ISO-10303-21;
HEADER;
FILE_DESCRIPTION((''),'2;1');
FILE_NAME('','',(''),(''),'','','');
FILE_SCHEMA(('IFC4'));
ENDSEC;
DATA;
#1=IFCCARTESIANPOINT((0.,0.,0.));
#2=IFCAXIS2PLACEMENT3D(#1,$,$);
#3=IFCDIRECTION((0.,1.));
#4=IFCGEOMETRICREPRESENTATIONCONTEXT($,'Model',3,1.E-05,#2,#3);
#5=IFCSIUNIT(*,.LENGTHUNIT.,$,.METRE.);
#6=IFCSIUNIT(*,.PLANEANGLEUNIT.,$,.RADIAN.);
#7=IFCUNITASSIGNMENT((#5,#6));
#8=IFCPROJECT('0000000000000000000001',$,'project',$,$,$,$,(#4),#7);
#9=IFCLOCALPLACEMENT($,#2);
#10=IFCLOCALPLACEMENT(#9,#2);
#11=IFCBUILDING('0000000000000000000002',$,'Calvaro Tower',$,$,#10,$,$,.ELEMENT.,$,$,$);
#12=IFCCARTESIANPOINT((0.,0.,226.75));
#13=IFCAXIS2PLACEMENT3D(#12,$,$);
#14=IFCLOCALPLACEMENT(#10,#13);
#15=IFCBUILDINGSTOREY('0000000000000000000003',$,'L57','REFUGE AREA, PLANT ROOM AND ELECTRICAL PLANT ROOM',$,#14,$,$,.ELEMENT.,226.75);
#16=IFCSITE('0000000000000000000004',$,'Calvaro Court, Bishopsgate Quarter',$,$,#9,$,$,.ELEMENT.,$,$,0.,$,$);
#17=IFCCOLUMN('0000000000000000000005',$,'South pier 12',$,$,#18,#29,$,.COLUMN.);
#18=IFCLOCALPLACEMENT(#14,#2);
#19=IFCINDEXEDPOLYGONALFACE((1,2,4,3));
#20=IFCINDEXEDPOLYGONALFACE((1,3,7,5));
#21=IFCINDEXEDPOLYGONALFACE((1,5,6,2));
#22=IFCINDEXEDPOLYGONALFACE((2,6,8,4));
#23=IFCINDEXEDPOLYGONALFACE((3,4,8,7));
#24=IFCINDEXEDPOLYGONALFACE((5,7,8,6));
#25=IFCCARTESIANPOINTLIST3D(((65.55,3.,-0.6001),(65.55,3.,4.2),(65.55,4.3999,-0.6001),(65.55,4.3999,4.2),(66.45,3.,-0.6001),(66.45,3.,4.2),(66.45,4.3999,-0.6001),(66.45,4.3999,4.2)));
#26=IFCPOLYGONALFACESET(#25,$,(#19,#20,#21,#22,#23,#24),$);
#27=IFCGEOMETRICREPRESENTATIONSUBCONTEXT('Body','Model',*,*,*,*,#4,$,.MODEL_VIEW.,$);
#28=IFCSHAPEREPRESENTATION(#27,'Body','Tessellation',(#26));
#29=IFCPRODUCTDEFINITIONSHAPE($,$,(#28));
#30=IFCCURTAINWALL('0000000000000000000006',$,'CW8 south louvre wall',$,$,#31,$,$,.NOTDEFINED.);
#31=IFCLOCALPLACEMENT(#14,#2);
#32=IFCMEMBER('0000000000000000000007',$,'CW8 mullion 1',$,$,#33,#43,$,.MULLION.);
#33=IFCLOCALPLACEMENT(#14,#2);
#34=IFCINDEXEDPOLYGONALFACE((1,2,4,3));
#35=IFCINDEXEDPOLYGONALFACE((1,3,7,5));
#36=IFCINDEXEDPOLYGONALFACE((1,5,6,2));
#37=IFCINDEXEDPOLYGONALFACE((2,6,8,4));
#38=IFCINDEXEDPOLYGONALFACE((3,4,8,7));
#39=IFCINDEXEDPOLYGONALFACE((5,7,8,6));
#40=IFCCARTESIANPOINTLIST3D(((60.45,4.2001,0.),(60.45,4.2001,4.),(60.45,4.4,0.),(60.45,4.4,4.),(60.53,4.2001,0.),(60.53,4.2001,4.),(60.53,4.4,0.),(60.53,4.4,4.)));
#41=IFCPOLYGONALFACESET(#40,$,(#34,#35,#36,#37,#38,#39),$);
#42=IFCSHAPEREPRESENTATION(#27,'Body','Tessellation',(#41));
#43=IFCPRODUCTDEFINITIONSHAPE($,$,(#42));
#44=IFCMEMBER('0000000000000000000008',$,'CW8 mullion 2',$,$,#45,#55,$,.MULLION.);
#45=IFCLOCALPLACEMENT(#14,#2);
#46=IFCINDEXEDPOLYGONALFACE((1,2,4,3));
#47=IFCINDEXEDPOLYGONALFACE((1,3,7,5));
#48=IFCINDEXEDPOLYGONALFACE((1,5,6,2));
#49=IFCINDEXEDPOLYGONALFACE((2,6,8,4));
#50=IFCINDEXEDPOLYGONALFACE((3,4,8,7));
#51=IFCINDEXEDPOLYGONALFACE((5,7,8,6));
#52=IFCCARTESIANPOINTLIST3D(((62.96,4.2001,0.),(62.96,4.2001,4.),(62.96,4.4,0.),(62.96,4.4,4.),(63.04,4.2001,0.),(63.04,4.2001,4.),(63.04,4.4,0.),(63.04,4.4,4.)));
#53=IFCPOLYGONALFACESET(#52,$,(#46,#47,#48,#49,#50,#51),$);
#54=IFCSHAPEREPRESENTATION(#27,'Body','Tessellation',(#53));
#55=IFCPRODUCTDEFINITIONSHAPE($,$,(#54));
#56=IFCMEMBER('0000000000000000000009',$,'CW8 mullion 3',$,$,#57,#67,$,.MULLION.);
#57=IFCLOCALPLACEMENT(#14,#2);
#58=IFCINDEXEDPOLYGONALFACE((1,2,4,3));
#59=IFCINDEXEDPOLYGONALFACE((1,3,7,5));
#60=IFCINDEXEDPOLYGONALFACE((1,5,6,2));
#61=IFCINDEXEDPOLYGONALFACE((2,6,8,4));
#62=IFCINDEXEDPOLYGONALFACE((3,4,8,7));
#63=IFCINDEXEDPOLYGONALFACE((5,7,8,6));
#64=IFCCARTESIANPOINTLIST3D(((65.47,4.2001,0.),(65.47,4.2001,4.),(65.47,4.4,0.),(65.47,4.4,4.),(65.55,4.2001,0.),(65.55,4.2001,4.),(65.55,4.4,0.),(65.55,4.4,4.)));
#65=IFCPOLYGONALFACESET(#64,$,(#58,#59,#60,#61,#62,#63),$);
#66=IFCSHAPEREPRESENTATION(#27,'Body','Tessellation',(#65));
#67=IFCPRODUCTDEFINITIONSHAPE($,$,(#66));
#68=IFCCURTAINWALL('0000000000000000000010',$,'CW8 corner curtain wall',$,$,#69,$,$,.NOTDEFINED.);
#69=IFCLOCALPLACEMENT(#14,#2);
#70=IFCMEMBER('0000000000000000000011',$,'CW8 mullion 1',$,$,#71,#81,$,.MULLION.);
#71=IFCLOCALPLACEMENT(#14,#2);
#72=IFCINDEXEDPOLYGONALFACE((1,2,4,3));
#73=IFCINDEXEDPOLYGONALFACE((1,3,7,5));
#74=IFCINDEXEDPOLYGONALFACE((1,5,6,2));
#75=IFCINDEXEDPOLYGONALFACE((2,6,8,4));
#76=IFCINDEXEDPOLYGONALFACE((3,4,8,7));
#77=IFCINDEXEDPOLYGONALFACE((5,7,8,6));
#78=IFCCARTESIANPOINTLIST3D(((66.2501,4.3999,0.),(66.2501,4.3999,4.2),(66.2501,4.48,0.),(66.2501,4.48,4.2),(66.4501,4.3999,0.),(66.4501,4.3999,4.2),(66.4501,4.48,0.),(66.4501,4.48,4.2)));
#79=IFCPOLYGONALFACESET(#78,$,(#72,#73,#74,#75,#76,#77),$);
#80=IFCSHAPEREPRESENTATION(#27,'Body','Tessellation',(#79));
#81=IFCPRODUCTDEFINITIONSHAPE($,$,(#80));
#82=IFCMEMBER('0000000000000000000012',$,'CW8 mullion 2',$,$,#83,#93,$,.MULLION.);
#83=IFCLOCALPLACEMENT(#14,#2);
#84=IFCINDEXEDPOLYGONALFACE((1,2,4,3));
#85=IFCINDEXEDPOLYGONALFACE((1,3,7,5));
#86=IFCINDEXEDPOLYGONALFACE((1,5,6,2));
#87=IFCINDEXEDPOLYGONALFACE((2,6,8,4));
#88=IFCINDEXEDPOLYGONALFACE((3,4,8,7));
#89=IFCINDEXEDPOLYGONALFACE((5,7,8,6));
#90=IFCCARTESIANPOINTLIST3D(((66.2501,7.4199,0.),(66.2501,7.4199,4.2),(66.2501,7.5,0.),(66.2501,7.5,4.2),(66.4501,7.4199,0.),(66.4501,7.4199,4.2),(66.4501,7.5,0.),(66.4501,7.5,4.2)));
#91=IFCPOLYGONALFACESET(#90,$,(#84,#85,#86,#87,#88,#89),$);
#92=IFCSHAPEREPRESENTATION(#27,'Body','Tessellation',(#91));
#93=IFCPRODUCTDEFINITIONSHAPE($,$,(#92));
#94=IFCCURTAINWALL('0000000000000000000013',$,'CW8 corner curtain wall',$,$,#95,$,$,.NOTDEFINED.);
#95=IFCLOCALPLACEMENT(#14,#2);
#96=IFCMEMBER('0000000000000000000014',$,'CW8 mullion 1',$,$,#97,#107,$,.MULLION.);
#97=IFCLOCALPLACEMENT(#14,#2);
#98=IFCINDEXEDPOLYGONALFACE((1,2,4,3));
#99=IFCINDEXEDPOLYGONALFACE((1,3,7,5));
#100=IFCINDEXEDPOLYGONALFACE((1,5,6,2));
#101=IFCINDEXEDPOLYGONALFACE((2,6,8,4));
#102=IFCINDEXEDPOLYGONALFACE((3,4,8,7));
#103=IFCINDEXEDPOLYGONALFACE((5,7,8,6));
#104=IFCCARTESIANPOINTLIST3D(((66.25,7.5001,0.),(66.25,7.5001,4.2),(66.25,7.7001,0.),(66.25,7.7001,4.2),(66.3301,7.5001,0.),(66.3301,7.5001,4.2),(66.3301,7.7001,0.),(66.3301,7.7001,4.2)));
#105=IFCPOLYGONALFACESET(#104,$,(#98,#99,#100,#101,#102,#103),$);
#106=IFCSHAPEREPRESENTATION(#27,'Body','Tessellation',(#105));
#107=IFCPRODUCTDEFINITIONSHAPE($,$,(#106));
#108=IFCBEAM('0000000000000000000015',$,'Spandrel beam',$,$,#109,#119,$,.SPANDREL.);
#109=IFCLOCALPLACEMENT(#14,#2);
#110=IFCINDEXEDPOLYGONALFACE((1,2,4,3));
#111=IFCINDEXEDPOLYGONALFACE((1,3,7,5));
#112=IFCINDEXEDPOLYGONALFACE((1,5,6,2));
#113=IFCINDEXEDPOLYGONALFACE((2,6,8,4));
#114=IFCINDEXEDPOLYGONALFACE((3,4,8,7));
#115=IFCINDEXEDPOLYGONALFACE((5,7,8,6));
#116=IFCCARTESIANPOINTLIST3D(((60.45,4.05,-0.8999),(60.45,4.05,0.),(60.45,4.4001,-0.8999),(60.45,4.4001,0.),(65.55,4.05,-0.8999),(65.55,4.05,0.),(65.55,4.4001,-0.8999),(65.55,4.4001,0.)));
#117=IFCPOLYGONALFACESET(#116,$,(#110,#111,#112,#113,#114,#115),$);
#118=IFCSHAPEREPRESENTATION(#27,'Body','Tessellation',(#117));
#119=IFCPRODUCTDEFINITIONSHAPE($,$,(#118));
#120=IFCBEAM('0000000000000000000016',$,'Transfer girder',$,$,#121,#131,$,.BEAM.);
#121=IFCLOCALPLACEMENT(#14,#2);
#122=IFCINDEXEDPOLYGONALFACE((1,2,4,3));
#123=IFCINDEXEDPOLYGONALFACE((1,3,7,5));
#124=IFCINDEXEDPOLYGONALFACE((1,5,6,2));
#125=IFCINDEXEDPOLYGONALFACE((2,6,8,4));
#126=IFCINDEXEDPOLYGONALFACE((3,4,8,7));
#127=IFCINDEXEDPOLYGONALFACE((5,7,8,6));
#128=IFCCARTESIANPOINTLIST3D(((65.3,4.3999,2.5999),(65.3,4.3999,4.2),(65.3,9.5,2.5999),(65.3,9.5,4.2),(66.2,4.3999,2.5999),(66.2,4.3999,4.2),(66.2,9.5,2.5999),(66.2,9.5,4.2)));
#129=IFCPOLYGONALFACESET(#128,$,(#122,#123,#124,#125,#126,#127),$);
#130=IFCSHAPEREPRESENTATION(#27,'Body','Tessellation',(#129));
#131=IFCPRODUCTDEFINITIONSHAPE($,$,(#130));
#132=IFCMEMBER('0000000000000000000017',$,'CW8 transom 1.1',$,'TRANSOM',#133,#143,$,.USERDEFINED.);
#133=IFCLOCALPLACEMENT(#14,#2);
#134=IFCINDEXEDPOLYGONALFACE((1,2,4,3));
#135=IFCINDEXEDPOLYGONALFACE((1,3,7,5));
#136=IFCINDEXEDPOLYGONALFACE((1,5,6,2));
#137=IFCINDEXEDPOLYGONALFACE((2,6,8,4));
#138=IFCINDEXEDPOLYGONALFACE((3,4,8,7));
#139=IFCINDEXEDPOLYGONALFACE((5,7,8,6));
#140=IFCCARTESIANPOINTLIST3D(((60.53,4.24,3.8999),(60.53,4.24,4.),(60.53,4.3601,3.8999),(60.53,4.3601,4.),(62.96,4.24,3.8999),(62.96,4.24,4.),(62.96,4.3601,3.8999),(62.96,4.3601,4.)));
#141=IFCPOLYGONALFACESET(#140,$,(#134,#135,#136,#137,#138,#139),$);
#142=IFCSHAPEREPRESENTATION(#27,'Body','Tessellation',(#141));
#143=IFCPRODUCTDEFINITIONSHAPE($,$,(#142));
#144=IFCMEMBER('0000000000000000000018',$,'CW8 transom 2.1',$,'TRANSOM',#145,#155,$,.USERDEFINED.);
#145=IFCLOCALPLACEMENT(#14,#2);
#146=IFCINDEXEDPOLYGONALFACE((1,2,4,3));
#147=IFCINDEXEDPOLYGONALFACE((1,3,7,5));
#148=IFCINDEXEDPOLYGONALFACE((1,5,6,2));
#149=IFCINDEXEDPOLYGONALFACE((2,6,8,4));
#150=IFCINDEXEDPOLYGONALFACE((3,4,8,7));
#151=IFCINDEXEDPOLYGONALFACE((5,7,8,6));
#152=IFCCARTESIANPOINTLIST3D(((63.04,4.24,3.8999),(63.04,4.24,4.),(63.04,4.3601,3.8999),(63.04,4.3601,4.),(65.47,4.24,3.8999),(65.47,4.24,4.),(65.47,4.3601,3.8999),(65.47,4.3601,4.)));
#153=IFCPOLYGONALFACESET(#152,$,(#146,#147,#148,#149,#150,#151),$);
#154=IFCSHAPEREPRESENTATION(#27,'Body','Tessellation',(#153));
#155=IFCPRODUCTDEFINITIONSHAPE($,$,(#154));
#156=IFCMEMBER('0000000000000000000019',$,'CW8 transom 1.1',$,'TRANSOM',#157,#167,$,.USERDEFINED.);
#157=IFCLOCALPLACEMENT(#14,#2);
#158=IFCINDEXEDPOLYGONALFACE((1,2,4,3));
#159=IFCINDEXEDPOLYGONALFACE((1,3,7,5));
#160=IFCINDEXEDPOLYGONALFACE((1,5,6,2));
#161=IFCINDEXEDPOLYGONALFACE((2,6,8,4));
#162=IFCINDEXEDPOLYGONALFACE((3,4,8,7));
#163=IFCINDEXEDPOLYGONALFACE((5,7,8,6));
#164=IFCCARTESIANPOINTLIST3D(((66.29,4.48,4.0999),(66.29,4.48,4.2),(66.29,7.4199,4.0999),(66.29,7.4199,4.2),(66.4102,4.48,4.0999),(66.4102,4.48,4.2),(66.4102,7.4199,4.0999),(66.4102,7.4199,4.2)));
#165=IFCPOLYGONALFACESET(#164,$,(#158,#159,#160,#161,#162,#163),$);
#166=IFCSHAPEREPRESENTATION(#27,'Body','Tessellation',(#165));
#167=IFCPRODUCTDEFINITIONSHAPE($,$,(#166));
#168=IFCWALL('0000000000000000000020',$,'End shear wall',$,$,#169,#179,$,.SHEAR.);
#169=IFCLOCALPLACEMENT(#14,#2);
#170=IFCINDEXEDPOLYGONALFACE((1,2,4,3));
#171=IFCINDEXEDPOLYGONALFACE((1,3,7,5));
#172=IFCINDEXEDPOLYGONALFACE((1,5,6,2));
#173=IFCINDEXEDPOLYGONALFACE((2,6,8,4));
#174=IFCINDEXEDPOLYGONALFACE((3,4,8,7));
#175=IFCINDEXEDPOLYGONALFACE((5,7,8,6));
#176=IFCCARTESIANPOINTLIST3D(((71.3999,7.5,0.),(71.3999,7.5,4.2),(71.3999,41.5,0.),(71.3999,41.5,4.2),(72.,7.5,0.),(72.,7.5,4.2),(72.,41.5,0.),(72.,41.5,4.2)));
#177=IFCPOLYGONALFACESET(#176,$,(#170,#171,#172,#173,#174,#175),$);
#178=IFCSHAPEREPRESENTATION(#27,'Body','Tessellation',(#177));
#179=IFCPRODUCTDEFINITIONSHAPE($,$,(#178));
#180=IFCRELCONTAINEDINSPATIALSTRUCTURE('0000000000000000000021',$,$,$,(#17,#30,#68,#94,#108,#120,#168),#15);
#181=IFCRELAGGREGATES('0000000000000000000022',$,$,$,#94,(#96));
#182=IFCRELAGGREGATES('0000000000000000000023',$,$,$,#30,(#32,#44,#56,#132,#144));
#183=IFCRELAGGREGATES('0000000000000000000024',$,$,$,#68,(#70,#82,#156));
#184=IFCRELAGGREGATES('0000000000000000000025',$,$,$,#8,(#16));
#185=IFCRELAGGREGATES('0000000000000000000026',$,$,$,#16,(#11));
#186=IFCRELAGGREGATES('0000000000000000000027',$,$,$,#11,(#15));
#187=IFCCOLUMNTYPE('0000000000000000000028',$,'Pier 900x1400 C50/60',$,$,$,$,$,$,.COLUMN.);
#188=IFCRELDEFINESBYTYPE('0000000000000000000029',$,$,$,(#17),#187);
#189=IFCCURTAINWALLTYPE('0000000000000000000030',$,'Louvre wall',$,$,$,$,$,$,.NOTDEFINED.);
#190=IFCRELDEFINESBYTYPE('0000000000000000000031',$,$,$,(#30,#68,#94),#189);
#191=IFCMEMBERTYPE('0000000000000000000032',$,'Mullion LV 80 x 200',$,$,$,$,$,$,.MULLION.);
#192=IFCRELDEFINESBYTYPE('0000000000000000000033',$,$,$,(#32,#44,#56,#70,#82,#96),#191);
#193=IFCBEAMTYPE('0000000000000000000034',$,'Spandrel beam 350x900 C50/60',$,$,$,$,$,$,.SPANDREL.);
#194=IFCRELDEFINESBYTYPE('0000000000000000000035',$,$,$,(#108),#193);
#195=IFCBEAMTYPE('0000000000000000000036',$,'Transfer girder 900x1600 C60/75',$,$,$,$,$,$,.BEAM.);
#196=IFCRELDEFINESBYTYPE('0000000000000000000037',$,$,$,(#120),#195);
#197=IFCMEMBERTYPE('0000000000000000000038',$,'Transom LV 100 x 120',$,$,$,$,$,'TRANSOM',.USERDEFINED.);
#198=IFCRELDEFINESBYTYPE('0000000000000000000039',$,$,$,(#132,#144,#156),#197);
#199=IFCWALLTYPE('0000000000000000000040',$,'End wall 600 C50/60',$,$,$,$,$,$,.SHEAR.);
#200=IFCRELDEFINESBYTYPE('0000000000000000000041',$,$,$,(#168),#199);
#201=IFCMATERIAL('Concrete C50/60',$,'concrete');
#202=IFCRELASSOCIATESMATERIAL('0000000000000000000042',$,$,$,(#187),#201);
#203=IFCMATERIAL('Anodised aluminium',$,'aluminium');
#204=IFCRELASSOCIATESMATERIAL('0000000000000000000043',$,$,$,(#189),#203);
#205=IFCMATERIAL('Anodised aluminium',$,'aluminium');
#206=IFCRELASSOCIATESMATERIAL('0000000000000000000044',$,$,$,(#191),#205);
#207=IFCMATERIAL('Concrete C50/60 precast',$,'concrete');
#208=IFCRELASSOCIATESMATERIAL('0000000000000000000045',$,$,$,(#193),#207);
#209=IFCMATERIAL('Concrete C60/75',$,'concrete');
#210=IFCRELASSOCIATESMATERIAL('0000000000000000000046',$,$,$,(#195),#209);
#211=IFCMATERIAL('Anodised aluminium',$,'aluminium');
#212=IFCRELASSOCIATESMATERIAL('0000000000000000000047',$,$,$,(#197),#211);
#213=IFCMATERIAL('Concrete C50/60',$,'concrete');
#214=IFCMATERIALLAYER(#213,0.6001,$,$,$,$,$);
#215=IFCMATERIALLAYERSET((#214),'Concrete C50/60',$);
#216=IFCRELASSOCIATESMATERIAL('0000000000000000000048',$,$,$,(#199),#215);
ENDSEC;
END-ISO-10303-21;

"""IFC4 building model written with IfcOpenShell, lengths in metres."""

from ifc_helpers import new_model, si_unit, direction, frame, frame_2d, origin, origin_2d, place, context, subcontext, project, spatial, rectangle, extrude, material, layer, layer_set, material_profile, profile_set, type_object, element, aggregate, save


model = new_model("IFC4")

# Units and contexts
model_context = context("Model", 3, precision=1e-05, world=origin(), true_north=direction((0.0, 1.0)))
body_context = subcontext(model_context, "Body", "Model", "MODEL_VIEW")
ifc_project = project(units=[si_unit("LENGTHUNIT", "METRE"), si_unit("PLANEANGLEUNIT", "RADIAN")], contexts=[model_context])

# Site, building, storey
site_placement = place(None, origin())
site = spatial("IfcSite", under=ifc_project, at=site_placement, Name="Calvaro Court, Bishopsgate Quarter", CompositionType="ELEMENT", RefElevation=0.0)
building_placement = place(site_placement, origin())
building = spatial("IfcBuilding", under=site, at=building_placement, Name="Calvaro Tower", CompositionType="ELEMENT")
storey_placement = place(building_placement, frame((0.0, 0.0, 226.75)))
storey = spatial("IfcBuildingStorey", under=building, at=storey_placement, Name="L57", Description="REFUGE AREA, PLANT ROOM AND ELECTRICAL PLANT ROOM", CompositionType="ELEMENT", Elevation=226.75)

# Column
ifc_material_1 = material(Name="Concrete C50/60", Category="concrete")
ifc_material_profile_1 = material_profile(ifc_material_1, rectangle(XDim=0.8999, YDim=1.3999, at=origin_2d()), Name="RC 900x1400")
ifc_profile_set_1 = profile_set([ifc_material_profile_1], Name="Concrete C50/60")
column_type = type_object("IfcColumnType", Name="Pier 900x1400 C50/60", PredefinedType="COLUMN", material=ifc_profile_set_1)
column_placement = place(storey_placement, frame((66.0, 3.7, -0.6001), z_axis=(0.0, 0.0, 1.0), x_axis=(1.0, 0.0, 0.0)))
element("IfcColumn", 1, at=column_placement, inside=storey, type_object=column_type, Name="South pier 12", PredefinedType="COLUMN", context=body_context, shape_type="SweptSolid", body=[
    extrude(rectangle(XDim=0.8999, YDim=1.3999, at=origin_2d()), origin(), (0.0, 0.0, 1.0), 4.8),
])

# Curtain walls, members
ifc_material_2 = material(Name="Anodised aluminium", Category="aluminium")
curtain_wall_type = type_object("IfcCurtainWallType", Name="Louvre wall", PredefinedType="NOTDEFINED", material=ifc_material_2)
curtain_wall_1_placement = place(storey_placement, origin())
curtain_wall_1 = element("IfcCurtainWall", 2, at=curtain_wall_1_placement, inside=storey, type_object=curtain_wall_type, Name="CW8 south louvre wall", PredefinedType="NOTDEFINED")
ifc_material_3 = material(Name="Anodised aluminium", Category="aluminium")
ifc_material_profile_2 = material_profile(ifc_material_3, rectangle(XDim=0.2, YDim=0.0801, at=origin_2d()), Name="Mullion LV 80 x 200")
ifc_profile_set_2 = profile_set([ifc_material_profile_2], Name="Anodised aluminium")
member_type_1 = type_object("IfcMemberType", Name="Mullion LV 80 x 200", PredefinedType="MULLION", material=ifc_profile_set_2)
member_1_placement = place(storey_placement, frame((60.49, 4.3, 0.0), z_axis=(0.0, 0.0, 1.0), x_axis=(0.0, 1.0, 0.0)))
member_1 = element("IfcMember", 3, at=member_1_placement, type_object=member_type_1, Name="CW8 mullion 1", PredefinedType="MULLION", context=body_context, shape_type="SweptSolid", body=[
    extrude(rectangle(XDim=0.2, YDim=0.0801, at=origin_2d()), origin(), (0.0, 0.0, 1.0), 4.0),
])
member_2_placement = place(storey_placement, frame((63.0, 4.3, 0.0), z_axis=(0.0, 0.0, 1.0), x_axis=(0.0, 1.0, 0.0)))
member_2 = element("IfcMember", 4, at=member_2_placement, type_object=member_type_1, Name="CW8 mullion 2", PredefinedType="MULLION", context=body_context, shape_type="SweptSolid", body=[
    extrude(rectangle(XDim=0.2, YDim=0.0801, at=origin_2d()), origin(), (0.0, 0.0, 1.0), 4.0),
])
member_3_placement = place(storey_placement, frame((65.51, 4.3, 0.0), z_axis=(0.0, 0.0, 1.0), x_axis=(0.0, 1.0, 0.0)))
member_3 = element("IfcMember", 5, at=member_3_placement, type_object=member_type_1, Name="CW8 mullion 3", PredefinedType="MULLION", context=body_context, shape_type="SweptSolid", body=[
    extrude(rectangle(XDim=0.2, YDim=0.0801, at=origin_2d()), origin(), (0.0, 0.0, 1.0), 4.0),
])
curtain_wall_2_placement = place(storey_placement, origin())
curtain_wall_2 = element("IfcCurtainWall", 6, at=curtain_wall_2_placement, inside=storey, type_object=curtain_wall_type, Name="CW8 corner curtain wall", PredefinedType="NOTDEFINED")
member_4_placement = place(storey_placement, frame((66.3501, 4.4399, 0.0), z_axis=(0.0, 0.0, 1.0), x_axis=(-1.0, 0.0, 0.0)))
member_4 = element("IfcMember", 7, at=member_4_placement, type_object=member_type_1, Name="CW8 mullion 1", PredefinedType="MULLION", context=body_context, shape_type="SweptSolid", body=[
    extrude(rectangle(XDim=0.2, YDim=0.0801, at=origin_2d()), origin(), (0.0, 0.0, 1.0), 4.2),
])
member_5_placement = place(storey_placement, frame((66.3501, 7.46, 0.0), z_axis=(0.0, 0.0, 1.0), x_axis=(-1.0, 0.0, 0.0)))
member_5 = element("IfcMember", 8, at=member_5_placement, type_object=member_type_1, Name="CW8 mullion 2", PredefinedType="MULLION", context=body_context, shape_type="SweptSolid", body=[
    extrude(rectangle(XDim=0.2, YDim=0.0801, at=origin_2d()), origin(), (0.0, 0.0, 1.0), 4.2),
])

# Curtain wall, member
curtain_wall_3_placement = place(storey_placement, origin())
curtain_wall_3 = element("IfcCurtainWall", 9, at=curtain_wall_3_placement, inside=storey, type_object=curtain_wall_type, Name="CW8 corner curtain wall", PredefinedType="NOTDEFINED")
member_6_placement = place(storey_placement, frame((66.29, 7.6001, 0.0), z_axis=(0.0, 0.0, 1.0), x_axis=(0.0, 1.0, 0.0)))
member_6 = element("IfcMember", 10, at=member_6_placement, type_object=member_type_1, Name="CW8 mullion 1", PredefinedType="MULLION", context=body_context, shape_type="SweptSolid", body=[
    extrude(rectangle(XDim=0.2, YDim=0.0801, at=origin_2d()), origin(), (0.0, 0.0, 1.0), 4.2),
])
aggregate(curtain_wall_3, [member_6])

# Beams
ifc_material_4 = material(Name="Concrete C50/60 precast", Category="concrete")
ifc_material_profile_3 = material_profile(ifc_material_4, rectangle(XDim=0.3501, YDim=0.8999, at=origin_2d()), Name="RC 350x900")
ifc_profile_set_3 = profile_set([ifc_material_profile_3], Name="Concrete C50/60 precast")
beam_type_1 = type_object("IfcBeamType", Name="Spandrel beam 350x900 C50/60", PredefinedType="SPANDREL", material=ifc_profile_set_3)
beam_1_placement = place(storey_placement, frame((60.45, 4.2251, -0.45), z_axis=(1.0, 0.0, 0.0), x_axis=(0.0, 1.0, 0.0)))
element("IfcBeam", 11, at=beam_1_placement, inside=storey, type_object=beam_type_1, Name="Spandrel beam", PredefinedType="SPANDREL", context=body_context, shape_type="SweptSolid", body=[
    extrude(rectangle(XDim=0.3501, YDim=0.8999, at=origin_2d()), origin(), (0.0, 0.0, 1.0), 5.1001),
])
ifc_material_5 = material(Name="Concrete C60/75", Category="concrete")
ifc_material_profile_4 = material_profile(ifc_material_5, rectangle(XDim=0.8999, YDim=1.6001, at=origin_2d()), Name="RC 900x1600")
ifc_profile_set_4 = profile_set([ifc_material_profile_4], Name="Concrete C60/75")
beam_type_2 = type_object("IfcBeamType", Name="Transfer girder 900x1600 C60/75", PredefinedType="BEAM", material=ifc_profile_set_4)
beam_2_placement = place(storey_placement, frame((65.75, 4.3999, 3.3999), z_axis=(0.0, 1.0, 0.0), x_axis=(-1.0, 0.0, 0.0)))
element("IfcBeam", 12, at=beam_2_placement, inside=storey, type_object=beam_type_2, Name="Transfer girder", PredefinedType="BEAM", context=body_context, shape_type="SweptSolid", body=[
    extrude(rectangle(XDim=0.8999, YDim=1.6001, at=origin_2d()), origin(), (0.0, 0.0, 1.0), 5.1001),
])

# Members
ifc_material_6 = material(Name="Anodised aluminium", Category="aluminium")
ifc_material_profile_5 = material_profile(ifc_material_6, rectangle(XDim=0.1201, YDim=0.1001, at=origin_2d()), Name="Transom LV 100 x 120")
ifc_profile_set_5 = profile_set([ifc_material_profile_5], Name="Anodised aluminium")
member_type_2 = type_object("IfcMemberType", Name="Transom LV 100 x 120", ElementType="TRANSOM", PredefinedType="USERDEFINED", material=ifc_profile_set_5)
member_7_placement = place(storey_placement, frame((60.53, 4.3, 3.95), z_axis=(1.0, 0.0, 0.0), x_axis=(0.0, 1.0, 0.0)))
member_7 = element("IfcMember", 13, at=member_7_placement, type_object=member_type_2, Name="CW8 transom 1.1", ObjectType="TRANSOM", PredefinedType="USERDEFINED", context=body_context, shape_type="SweptSolid", body=[
    extrude(rectangle(XDim=0.1201, YDim=0.1001, at=origin_2d()), origin(), (0.0, 0.0, 1.0), 2.4299),
])
member_8_placement = place(storey_placement, frame((63.04, 4.3, 3.95), z_axis=(1.0, 0.0, 0.0), x_axis=(0.0, 1.0, 0.0)))
member_8 = element("IfcMember", 14, at=member_8_placement, type_object=member_type_2, Name="CW8 transom 2.1", ObjectType="TRANSOM", PredefinedType="USERDEFINED", context=body_context, shape_type="SweptSolid", body=[
    extrude(rectangle(XDim=0.1201, YDim=0.1001, at=origin_2d()), origin(), (0.0, 0.0, 1.0), 2.4299),
])
member_9_placement = place(storey_placement, frame((66.3501, 4.48, 4.1499), z_axis=(0.0, 1.0, 0.0), x_axis=(-1.0, 0.0, 0.0)))
member_9 = element("IfcMember", 15, at=member_9_placement, type_object=member_type_2, Name="CW8 transom 1.1", ObjectType="TRANSOM", PredefinedType="USERDEFINED", context=body_context, shape_type="SweptSolid", body=[
    extrude(rectangle(XDim=0.1201, YDim=0.1001, at=origin_2d()), origin(), (0.0, 0.0, 1.0), 2.9399),
])

# Wall
ifc_material_7 = material(Name="Concrete C50/60", Category="concrete")
ifc_layer_1 = layer(ifc_material_7, 0.6001)
ifc_layer_set_1 = layer_set([ifc_layer_1], Name="Concrete C50/60")
wall_type_1 = type_object("IfcWallType", Name="End wall 600 C50/60", PredefinedType="SHEAR", material=ifc_layer_set_1)
wall_1_placement = place(storey_placement, frame((71.7, 7.5, 0.0), z_axis=(0.0, 0.0, 1.0), x_axis=(0.0, 1.0, 0.0)))
element("IfcWall", 16, at=wall_1_placement, inside=storey, type_object=wall_type_1, Name="End shear wall", PredefinedType="SHEAR", context=body_context, shape_type="SweptSolid", body=[
    extrude(rectangle(XDim=34.0, YDim=0.6001, at=frame_2d((17.0, 0.0))), origin(), (0.0, 0.0, 1.0), 4.2),
])

aggregate(curtain_wall_1, [member_1, member_2, member_3, member_7, member_8])
aggregate(curtain_wall_2, [member_4, member_5, member_9])

save(model, "model.ifc")
